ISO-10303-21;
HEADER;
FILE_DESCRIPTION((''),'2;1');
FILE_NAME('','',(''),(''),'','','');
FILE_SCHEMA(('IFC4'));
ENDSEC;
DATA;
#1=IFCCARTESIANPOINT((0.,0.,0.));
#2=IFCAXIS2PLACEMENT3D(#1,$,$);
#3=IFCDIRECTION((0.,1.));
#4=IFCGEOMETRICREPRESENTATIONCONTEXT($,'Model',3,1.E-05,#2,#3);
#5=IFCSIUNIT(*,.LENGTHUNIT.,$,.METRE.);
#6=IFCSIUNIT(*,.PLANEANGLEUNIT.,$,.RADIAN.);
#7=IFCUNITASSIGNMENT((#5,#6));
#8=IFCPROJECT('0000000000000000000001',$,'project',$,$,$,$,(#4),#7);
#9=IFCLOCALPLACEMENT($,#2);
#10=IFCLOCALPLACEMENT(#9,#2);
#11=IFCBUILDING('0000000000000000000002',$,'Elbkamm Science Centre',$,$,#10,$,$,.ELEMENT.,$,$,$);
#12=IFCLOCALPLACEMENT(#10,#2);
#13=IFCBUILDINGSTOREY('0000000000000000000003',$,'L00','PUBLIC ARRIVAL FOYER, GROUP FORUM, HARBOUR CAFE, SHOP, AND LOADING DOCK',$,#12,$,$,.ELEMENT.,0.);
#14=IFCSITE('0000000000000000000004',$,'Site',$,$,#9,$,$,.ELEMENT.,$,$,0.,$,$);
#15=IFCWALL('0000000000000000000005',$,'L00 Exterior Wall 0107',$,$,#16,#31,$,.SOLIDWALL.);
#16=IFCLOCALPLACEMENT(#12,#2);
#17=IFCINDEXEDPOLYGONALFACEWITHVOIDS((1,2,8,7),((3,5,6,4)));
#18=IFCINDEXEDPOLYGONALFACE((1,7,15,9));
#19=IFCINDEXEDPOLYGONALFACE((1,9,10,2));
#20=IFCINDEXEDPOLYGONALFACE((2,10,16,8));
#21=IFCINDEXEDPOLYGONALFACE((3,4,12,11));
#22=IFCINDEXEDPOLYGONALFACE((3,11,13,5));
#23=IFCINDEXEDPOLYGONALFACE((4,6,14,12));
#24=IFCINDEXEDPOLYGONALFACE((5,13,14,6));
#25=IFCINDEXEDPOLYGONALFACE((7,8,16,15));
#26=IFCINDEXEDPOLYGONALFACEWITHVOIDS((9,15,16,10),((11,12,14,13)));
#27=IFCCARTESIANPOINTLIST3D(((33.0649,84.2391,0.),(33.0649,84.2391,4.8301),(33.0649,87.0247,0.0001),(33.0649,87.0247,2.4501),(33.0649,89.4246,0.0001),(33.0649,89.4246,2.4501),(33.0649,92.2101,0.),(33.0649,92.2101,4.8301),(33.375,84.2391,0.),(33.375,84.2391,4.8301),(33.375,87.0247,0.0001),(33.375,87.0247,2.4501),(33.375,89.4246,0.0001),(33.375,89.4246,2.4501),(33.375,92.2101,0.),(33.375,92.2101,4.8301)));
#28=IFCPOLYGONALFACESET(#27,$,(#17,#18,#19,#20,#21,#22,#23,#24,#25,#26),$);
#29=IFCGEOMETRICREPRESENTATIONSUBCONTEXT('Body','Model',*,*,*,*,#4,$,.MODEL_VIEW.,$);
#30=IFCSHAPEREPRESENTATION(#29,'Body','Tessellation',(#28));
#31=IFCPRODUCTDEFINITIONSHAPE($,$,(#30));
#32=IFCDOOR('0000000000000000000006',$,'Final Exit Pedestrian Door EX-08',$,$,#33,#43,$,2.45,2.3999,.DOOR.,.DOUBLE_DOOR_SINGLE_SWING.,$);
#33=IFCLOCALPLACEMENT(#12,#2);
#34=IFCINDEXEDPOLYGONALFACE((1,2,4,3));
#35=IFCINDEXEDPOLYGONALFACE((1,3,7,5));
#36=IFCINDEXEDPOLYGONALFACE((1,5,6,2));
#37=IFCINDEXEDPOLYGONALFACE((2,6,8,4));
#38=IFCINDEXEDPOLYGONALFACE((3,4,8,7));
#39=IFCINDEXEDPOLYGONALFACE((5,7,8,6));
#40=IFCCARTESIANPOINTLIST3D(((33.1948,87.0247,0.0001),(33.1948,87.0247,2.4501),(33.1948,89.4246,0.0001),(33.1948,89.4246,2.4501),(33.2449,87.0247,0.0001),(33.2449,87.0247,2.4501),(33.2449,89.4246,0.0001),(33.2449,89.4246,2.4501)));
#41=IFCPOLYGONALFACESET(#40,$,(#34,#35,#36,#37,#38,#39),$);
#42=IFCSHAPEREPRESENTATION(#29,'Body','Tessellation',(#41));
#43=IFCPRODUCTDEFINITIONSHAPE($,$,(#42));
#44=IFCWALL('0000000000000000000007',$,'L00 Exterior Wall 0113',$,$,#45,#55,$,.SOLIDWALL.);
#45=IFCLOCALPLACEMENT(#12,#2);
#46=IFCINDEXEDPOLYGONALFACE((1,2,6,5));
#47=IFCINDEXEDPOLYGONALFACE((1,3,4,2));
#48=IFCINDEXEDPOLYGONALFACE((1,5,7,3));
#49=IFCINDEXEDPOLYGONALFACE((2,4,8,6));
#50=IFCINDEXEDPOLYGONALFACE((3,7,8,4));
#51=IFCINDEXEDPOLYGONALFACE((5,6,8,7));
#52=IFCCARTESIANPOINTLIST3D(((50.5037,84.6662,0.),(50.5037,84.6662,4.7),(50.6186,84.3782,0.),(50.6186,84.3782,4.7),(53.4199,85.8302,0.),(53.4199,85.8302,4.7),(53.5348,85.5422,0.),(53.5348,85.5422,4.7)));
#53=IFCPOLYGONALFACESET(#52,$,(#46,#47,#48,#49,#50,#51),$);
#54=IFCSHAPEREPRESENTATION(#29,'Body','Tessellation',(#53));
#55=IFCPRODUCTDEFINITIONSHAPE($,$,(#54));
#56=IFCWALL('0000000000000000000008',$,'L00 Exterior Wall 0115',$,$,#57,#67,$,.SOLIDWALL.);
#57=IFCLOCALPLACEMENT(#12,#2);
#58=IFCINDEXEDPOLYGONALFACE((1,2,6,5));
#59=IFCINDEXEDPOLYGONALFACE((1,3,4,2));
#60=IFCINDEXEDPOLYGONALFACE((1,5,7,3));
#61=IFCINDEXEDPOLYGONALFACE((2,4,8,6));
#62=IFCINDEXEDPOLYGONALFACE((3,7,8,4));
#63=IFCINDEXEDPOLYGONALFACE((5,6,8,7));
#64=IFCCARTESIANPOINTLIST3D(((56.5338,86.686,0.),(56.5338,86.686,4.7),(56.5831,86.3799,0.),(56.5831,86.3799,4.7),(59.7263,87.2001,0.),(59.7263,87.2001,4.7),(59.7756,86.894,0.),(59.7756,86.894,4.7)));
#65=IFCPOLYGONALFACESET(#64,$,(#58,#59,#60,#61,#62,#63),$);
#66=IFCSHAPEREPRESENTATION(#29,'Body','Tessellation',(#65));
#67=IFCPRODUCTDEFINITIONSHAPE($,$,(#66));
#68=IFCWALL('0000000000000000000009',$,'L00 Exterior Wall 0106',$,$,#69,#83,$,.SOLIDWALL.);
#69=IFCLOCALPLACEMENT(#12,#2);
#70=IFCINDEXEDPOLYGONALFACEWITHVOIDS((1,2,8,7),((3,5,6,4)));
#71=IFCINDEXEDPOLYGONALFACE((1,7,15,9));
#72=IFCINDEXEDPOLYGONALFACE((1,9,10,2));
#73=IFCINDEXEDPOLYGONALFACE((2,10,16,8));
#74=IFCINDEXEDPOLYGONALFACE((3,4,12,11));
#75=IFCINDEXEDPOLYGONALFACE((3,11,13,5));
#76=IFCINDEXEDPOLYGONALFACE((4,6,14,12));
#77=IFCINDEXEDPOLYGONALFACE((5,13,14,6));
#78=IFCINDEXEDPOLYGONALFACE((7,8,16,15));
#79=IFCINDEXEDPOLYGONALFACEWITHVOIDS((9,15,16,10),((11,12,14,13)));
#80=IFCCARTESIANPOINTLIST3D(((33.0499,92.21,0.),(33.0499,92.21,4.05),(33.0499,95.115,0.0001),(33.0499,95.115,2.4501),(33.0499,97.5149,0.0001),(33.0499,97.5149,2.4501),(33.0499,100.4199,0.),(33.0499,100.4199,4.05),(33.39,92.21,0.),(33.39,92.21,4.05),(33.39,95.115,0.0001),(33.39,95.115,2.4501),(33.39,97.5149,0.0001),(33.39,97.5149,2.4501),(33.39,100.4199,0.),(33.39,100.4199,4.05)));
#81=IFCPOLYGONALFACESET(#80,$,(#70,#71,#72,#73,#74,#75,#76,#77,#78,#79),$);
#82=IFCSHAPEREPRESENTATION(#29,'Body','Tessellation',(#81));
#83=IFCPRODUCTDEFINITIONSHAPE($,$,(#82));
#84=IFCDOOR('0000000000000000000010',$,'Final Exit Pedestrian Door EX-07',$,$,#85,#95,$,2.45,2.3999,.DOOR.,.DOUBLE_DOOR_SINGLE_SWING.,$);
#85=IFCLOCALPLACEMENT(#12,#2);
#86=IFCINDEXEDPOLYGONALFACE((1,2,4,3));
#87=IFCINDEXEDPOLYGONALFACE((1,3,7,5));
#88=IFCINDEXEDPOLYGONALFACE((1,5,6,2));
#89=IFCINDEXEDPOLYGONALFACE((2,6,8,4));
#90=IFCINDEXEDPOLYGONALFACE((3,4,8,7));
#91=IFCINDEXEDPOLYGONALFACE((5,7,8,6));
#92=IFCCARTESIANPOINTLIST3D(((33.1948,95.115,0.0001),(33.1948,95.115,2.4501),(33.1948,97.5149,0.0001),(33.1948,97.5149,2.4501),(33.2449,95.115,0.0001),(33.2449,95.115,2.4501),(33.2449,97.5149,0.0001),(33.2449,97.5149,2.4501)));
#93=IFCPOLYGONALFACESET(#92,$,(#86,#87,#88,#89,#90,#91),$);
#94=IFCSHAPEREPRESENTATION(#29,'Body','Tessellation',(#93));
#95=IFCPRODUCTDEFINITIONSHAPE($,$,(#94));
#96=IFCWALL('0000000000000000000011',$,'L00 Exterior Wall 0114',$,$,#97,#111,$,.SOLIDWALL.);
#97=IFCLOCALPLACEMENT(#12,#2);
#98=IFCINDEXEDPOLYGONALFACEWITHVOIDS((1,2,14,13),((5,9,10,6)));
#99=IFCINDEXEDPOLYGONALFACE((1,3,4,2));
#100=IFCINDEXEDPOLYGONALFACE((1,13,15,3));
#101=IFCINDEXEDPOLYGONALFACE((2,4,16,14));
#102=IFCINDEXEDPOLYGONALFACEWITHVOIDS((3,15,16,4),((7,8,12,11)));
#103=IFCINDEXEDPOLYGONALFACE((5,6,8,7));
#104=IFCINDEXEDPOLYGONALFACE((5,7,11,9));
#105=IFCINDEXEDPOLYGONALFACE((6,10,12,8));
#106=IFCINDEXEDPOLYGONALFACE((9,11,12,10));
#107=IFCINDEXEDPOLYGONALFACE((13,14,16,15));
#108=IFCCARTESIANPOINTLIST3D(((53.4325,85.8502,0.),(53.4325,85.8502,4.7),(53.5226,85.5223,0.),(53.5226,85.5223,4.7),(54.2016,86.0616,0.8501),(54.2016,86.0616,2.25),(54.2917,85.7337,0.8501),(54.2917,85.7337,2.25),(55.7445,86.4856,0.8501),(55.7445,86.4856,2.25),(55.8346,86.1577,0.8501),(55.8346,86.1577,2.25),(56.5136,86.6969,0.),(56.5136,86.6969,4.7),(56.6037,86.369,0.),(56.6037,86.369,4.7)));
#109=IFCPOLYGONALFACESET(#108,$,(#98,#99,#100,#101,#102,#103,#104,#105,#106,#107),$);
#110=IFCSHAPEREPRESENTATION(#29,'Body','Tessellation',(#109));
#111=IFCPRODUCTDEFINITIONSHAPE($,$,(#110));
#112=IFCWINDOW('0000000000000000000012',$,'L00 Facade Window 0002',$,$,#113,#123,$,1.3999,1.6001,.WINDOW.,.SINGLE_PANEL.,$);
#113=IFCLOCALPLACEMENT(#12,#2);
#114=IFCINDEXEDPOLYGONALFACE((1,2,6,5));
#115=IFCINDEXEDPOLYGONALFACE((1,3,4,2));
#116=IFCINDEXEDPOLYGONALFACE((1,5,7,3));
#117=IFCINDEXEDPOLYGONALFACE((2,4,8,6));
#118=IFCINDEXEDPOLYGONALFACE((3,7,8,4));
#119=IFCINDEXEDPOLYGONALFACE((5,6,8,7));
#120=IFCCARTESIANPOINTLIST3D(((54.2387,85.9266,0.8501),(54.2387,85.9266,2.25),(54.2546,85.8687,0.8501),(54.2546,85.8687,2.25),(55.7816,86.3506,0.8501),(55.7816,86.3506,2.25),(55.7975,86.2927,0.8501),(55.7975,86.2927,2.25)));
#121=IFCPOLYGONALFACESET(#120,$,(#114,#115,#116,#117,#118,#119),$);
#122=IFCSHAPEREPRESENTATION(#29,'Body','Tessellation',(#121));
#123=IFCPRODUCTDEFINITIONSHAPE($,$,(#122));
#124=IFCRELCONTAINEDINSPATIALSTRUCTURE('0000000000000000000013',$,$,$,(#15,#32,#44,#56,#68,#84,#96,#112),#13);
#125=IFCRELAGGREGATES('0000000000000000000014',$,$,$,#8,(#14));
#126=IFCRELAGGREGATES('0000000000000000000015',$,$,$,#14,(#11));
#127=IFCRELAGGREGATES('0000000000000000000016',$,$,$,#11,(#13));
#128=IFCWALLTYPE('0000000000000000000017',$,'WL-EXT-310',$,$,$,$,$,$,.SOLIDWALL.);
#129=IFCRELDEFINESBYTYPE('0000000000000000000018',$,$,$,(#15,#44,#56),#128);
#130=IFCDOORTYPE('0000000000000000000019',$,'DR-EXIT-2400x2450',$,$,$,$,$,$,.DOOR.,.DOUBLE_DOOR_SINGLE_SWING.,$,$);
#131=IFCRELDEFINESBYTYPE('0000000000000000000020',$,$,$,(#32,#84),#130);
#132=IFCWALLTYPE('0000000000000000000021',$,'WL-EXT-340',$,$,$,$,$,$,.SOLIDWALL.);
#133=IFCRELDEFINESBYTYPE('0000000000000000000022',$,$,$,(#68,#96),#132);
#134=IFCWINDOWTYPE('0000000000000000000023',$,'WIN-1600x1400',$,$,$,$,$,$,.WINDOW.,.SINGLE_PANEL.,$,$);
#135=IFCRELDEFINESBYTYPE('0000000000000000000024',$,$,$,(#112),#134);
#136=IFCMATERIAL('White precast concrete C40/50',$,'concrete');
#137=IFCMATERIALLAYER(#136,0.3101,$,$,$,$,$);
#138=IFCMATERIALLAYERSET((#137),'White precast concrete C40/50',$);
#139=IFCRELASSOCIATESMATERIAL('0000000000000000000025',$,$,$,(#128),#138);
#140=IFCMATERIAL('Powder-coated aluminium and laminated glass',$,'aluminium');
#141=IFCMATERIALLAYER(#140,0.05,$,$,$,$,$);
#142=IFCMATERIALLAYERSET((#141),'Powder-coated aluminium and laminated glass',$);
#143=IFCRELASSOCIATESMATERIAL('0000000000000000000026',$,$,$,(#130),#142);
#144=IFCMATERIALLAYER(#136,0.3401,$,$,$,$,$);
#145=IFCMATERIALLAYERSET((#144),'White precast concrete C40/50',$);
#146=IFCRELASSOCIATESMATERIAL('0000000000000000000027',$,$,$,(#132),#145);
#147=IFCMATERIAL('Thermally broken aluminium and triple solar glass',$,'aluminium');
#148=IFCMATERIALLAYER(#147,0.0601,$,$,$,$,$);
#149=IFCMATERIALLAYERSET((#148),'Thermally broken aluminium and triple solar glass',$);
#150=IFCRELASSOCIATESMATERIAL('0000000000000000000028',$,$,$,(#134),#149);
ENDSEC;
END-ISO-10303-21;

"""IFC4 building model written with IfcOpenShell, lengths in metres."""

from ifc_helpers import new_model, si_unit, direction, frame, frame_2d, origin, place, context, subcontext, project, spatial, rectangle, extrude, material, layer, layer_set, type_object, element, fill, save


model = new_model("IFC4")

# Units and contexts
model_context = context("Model", 3, precision=1e-05, world=origin(), true_north=direction((0.0, 1.0)))
body_context = subcontext(model_context, "Body", "Model", "MODEL_VIEW")
ifc_project = project(units=[si_unit("LENGTHUNIT", "METRE"), si_unit("PLANEANGLEUNIT", "RADIAN")], contexts=[model_context])

# Site, building, storey
site_placement = place(None, origin())
site = spatial("IfcSite", under=ifc_project, at=site_placement, Name="Site", CompositionType="ELEMENT", RefElevation=0.0)
building_placement = place(site_placement, origin())
building = spatial("IfcBuilding", under=site, at=building_placement, Name="Elbkamm Science Centre", CompositionType="ELEMENT")
storey_placement = place(building_placement, origin())
storey = spatial("IfcBuildingStorey", under=building, at=storey_placement, Name="L00", Description="PUBLIC ARRIVAL FOYER, GROUP FORUM, HARBOUR CAFE, SHOP, AND LOADING DOCK", CompositionType="ELEMENT", Elevation=0.0)

# Wall, opening, door
ifc_material_1 = material(Name="White precast concrete C40/50", Category="concrete")
ifc_layer_1 = layer(ifc_material_1, 0.3101)
ifc_layer_set_1 = layer_set([ifc_layer_1], Name="White precast concrete C40/50")
wall_type_1 = type_object("IfcWallType", Name="WL-EXT-310", PredefinedType="SOLIDWALL", material=ifc_layer_set_1)
wall_1_placement = place(storey_placement, frame((33.22, 92.21, 0.0), z_axis=(0.0, 0.0, 1.0), x_axis=(0.0, -1.0, 0.0)))
wall_1 = element("IfcWall", 1, at=wall_1_placement, inside=storey, type_object=wall_type_1, Name="L00 Exterior Wall 0107", PredefinedType="SOLIDWALL", context=body_context, shape_type="SweptSolid", body=[
    extrude(rectangle(XDim=7.9709, YDim=0.3101, at=frame_2d((3.9854, 0.0))), origin(), (0.0, 0.0, 1.0), 4.8301),
])
opening_1_placement = place(wall_1_placement, frame((2.7854, 0.0, 0.0)))
opening_1 = element("IfcOpeningElement", 2, at=opening_1_placement, cuts=wall_1, PredefinedType="OPENING", context=body_context, shape_type="SweptSolid", body=[
    extrude(rectangle(XDim=2.3999, YDim=2.45, at=frame_2d((1.2, 1.2251))), frame((0.0, 0.167, 0.0), z_axis=(0.0, -1.0, 0.0), x_axis=(1.0, 0.0, 0.0)), (0.0, 0.0, 1.0), 0.334),
])
ifc_material_2 = material(Name="Powder-coated aluminium and laminated glass", Category="aluminium")
ifc_layer_2 = layer(ifc_material_2, 0.05)
ifc_layer_set_2 = layer_set([ifc_layer_2], Name="Powder-coated aluminium and laminated glass")
door_type = type_object("IfcDoorType", Name="DR-EXIT-2400x2450", OperationType="DOUBLE_DOOR_SINGLE_SWING", PredefinedType="DOOR", material=ifc_layer_set_2)
door_1_placement = place(opening_1_placement, origin())
door_1 = element("IfcDoor", 3, at=door_1_placement, inside=storey, type_object=door_type, Name="Final Exit Pedestrian Door EX-08", OperationType="DOUBLE_DOOR_SINGLE_SWING", OverallHeight=2.45, OverallWidth=2.3999, PredefinedType="DOOR", context=body_context, shape_type="SweptSolid", body=[
    extrude(rectangle(XDim=2.3999, YDim=2.45, at=frame_2d((1.2, 1.2251))), frame((0.0, 0.0249, 0.0), z_axis=(0.0, -1.0, 0.0), x_axis=(1.0, 0.0, 0.0)), (0.0, 0.0, 1.0), 0.05),
])
fill(opening_1, door_1)

# Walls
wall_2_placement = place(storey_placement, frame((50.5613, 84.5222, 0.0), z_axis=(0.0, 0.0, 1.0), x_axis=(0.928745, 0.37072, 0.0)))
element("IfcWall", 4, at=wall_2_placement, inside=storey, type_object=wall_type_1, Name="L00 Exterior Wall 0113", PredefinedType="SOLIDWALL", context=body_context, shape_type="SweptSolid", body=[
    extrude(rectangle(XDim=3.1399, YDim=0.3101, at=frame_2d((1.5698, 0.0))), origin(), (0.0, 0.0, 1.0), 4.7),
])
wall_3_placement = place(storey_placement, frame((56.5586, 86.533, 0.0), z_axis=(0.0, 0.0, 1.0), x_axis=(0.987279, 0.158997, 0.0)))
element("IfcWall", 5, at=wall_3_placement, inside=storey, type_object=wall_type_1, Name="L00 Exterior Wall 0115", PredefinedType="SOLIDWALL", context=body_context, shape_type="SweptSolid", body=[
    extrude(rectangle(XDim=3.2336, YDim=0.3101, at=frame_2d((1.6167, 0.0))), origin(), (0.0, 0.0, 1.0), 4.7),
])

# Wall, opening, door
ifc_layer_3 = layer(ifc_material_1, 0.3401)
ifc_layer_set_3 = layer_set([ifc_layer_3], Name="White precast concrete C40/50")
wall_type_2 = type_object("IfcWallType", Name="WL-EXT-340", PredefinedType="SOLIDWALL", material=ifc_layer_set_3)
wall_4_placement = place(storey_placement, frame((33.22, 100.4199, 0.0), z_axis=(0.0, 0.0, 1.0), x_axis=(0.0, -1.0, 0.0)))
wall_4 = element("IfcWall", 6, at=wall_4_placement, inside=storey, type_object=wall_type_2, Name="L00 Exterior Wall 0106", PredefinedType="SOLIDWALL", context=body_context, shape_type="SweptSolid", body=[
    extrude(rectangle(XDim=8.21, YDim=0.3401, at=frame_2d((4.105, 0.0))), origin(), (0.0, 0.0, 1.0), 4.05),
])
opening_2_placement = place(wall_4_placement, frame((2.905, 0.0, 0.0)))
opening_2 = element("IfcOpeningElement", 7, at=opening_2_placement, cuts=wall_4, PredefinedType="OPENING", context=body_context, shape_type="SweptSolid", body=[
    extrude(rectangle(XDim=2.3999, YDim=2.45, at=frame_2d((1.2, 1.2251))), frame((0.0, 0.1821, 0.0), z_axis=(0.0, -1.0, 0.0), x_axis=(1.0, 0.0, 0.0)), (0.0, 0.0, 1.0), 0.364),
])
door_2_placement = place(opening_2_placement, origin())
door_2 = element("IfcDoor", 8, at=door_2_placement, inside=storey, type_object=door_type, Name="Final Exit Pedestrian Door EX-07", OperationType="DOUBLE_DOOR_SINGLE_SWING", OverallHeight=2.45, OverallWidth=2.3999, PredefinedType="DOOR", context=body_context, shape_type="SweptSolid", body=[
    extrude(rectangle(XDim=2.3999, YDim=2.45, at=frame_2d((1.2, 1.2251))), frame((0.0, 0.0249, 0.0), z_axis=(0.0, -1.0, 0.0), x_axis=(1.0, 0.0, 0.0)), (0.0, 0.0, 1.0), 0.05),
])
fill(opening_2, door_2)

# Wall, opening, window
wall_5_placement = place(storey_placement, frame((53.4775, 85.6863, 0.0), z_axis=(0.0, 0.0, 1.0), x_axis=(0.964254, 0.264979, 0.0)))
wall_5 = element("IfcWall", 9, at=wall_5_placement, inside=storey, type_object=wall_type_2, Name="L00 Exterior Wall 0114", PredefinedType="SOLIDWALL", context=body_context, shape_type="SweptSolid", body=[
    extrude(rectangle(XDim=3.1953, YDim=0.3401, at=frame_2d((1.5977, 0.0))), origin(), (0.0, 0.0, 1.0), 4.7),
])
opening_3_placement = place(wall_5_placement, frame((0.7976, 0.0, 0.8501)))
opening_3 = element("IfcOpeningElement", 10, at=opening_3_placement, cuts=wall_5, PredefinedType="OPENING", context=body_context, shape_type="SweptSolid", body=[
    extrude(rectangle(XDim=1.6001, YDim=1.3999, at=frame_2d((0.8, 0.7))), frame((0.0, 0.1821, 0.0), z_axis=(0.0, -1.0, 0.0), x_axis=(1.0, 0.0, 0.0)), (0.0, 0.0, 1.0), 0.364),
])
ifc_material_3 = material(Name="Thermally broken aluminium and triple solar glass", Category="aluminium")
ifc_layer_4 = layer(ifc_material_3, 0.0601)
ifc_layer_set_4 = layer_set([ifc_layer_4], Name="Thermally broken aluminium and triple solar glass")
window_type = type_object("IfcWindowType", Name="WIN-1600x1400", PartitioningType="SINGLE_PANEL", PredefinedType="WINDOW", material=ifc_layer_set_4)
window_placement = place(opening_3_placement, origin())
window = element("IfcWindow", 11, at=window_placement, inside=storey, type_object=window_type, Name="L00 Facade Window 0002", OverallHeight=1.3999, OverallWidth=1.6001, PartitioningType="SINGLE_PANEL", PredefinedType="WINDOW", context=body_context, shape_type="SweptSolid", body=[
    extrude(rectangle(XDim=1.6001, YDim=1.3999, at=frame_2d((0.8, 0.7))), frame((0.0, 0.03, 0.0), z_axis=(0.0, -1.0, 0.0), x_axis=(1.0, 0.0, 0.0)), (0.0, 0.0, 1.0), 0.0601),
])
fill(opening_3, window)

save(model, "model.ifc")
